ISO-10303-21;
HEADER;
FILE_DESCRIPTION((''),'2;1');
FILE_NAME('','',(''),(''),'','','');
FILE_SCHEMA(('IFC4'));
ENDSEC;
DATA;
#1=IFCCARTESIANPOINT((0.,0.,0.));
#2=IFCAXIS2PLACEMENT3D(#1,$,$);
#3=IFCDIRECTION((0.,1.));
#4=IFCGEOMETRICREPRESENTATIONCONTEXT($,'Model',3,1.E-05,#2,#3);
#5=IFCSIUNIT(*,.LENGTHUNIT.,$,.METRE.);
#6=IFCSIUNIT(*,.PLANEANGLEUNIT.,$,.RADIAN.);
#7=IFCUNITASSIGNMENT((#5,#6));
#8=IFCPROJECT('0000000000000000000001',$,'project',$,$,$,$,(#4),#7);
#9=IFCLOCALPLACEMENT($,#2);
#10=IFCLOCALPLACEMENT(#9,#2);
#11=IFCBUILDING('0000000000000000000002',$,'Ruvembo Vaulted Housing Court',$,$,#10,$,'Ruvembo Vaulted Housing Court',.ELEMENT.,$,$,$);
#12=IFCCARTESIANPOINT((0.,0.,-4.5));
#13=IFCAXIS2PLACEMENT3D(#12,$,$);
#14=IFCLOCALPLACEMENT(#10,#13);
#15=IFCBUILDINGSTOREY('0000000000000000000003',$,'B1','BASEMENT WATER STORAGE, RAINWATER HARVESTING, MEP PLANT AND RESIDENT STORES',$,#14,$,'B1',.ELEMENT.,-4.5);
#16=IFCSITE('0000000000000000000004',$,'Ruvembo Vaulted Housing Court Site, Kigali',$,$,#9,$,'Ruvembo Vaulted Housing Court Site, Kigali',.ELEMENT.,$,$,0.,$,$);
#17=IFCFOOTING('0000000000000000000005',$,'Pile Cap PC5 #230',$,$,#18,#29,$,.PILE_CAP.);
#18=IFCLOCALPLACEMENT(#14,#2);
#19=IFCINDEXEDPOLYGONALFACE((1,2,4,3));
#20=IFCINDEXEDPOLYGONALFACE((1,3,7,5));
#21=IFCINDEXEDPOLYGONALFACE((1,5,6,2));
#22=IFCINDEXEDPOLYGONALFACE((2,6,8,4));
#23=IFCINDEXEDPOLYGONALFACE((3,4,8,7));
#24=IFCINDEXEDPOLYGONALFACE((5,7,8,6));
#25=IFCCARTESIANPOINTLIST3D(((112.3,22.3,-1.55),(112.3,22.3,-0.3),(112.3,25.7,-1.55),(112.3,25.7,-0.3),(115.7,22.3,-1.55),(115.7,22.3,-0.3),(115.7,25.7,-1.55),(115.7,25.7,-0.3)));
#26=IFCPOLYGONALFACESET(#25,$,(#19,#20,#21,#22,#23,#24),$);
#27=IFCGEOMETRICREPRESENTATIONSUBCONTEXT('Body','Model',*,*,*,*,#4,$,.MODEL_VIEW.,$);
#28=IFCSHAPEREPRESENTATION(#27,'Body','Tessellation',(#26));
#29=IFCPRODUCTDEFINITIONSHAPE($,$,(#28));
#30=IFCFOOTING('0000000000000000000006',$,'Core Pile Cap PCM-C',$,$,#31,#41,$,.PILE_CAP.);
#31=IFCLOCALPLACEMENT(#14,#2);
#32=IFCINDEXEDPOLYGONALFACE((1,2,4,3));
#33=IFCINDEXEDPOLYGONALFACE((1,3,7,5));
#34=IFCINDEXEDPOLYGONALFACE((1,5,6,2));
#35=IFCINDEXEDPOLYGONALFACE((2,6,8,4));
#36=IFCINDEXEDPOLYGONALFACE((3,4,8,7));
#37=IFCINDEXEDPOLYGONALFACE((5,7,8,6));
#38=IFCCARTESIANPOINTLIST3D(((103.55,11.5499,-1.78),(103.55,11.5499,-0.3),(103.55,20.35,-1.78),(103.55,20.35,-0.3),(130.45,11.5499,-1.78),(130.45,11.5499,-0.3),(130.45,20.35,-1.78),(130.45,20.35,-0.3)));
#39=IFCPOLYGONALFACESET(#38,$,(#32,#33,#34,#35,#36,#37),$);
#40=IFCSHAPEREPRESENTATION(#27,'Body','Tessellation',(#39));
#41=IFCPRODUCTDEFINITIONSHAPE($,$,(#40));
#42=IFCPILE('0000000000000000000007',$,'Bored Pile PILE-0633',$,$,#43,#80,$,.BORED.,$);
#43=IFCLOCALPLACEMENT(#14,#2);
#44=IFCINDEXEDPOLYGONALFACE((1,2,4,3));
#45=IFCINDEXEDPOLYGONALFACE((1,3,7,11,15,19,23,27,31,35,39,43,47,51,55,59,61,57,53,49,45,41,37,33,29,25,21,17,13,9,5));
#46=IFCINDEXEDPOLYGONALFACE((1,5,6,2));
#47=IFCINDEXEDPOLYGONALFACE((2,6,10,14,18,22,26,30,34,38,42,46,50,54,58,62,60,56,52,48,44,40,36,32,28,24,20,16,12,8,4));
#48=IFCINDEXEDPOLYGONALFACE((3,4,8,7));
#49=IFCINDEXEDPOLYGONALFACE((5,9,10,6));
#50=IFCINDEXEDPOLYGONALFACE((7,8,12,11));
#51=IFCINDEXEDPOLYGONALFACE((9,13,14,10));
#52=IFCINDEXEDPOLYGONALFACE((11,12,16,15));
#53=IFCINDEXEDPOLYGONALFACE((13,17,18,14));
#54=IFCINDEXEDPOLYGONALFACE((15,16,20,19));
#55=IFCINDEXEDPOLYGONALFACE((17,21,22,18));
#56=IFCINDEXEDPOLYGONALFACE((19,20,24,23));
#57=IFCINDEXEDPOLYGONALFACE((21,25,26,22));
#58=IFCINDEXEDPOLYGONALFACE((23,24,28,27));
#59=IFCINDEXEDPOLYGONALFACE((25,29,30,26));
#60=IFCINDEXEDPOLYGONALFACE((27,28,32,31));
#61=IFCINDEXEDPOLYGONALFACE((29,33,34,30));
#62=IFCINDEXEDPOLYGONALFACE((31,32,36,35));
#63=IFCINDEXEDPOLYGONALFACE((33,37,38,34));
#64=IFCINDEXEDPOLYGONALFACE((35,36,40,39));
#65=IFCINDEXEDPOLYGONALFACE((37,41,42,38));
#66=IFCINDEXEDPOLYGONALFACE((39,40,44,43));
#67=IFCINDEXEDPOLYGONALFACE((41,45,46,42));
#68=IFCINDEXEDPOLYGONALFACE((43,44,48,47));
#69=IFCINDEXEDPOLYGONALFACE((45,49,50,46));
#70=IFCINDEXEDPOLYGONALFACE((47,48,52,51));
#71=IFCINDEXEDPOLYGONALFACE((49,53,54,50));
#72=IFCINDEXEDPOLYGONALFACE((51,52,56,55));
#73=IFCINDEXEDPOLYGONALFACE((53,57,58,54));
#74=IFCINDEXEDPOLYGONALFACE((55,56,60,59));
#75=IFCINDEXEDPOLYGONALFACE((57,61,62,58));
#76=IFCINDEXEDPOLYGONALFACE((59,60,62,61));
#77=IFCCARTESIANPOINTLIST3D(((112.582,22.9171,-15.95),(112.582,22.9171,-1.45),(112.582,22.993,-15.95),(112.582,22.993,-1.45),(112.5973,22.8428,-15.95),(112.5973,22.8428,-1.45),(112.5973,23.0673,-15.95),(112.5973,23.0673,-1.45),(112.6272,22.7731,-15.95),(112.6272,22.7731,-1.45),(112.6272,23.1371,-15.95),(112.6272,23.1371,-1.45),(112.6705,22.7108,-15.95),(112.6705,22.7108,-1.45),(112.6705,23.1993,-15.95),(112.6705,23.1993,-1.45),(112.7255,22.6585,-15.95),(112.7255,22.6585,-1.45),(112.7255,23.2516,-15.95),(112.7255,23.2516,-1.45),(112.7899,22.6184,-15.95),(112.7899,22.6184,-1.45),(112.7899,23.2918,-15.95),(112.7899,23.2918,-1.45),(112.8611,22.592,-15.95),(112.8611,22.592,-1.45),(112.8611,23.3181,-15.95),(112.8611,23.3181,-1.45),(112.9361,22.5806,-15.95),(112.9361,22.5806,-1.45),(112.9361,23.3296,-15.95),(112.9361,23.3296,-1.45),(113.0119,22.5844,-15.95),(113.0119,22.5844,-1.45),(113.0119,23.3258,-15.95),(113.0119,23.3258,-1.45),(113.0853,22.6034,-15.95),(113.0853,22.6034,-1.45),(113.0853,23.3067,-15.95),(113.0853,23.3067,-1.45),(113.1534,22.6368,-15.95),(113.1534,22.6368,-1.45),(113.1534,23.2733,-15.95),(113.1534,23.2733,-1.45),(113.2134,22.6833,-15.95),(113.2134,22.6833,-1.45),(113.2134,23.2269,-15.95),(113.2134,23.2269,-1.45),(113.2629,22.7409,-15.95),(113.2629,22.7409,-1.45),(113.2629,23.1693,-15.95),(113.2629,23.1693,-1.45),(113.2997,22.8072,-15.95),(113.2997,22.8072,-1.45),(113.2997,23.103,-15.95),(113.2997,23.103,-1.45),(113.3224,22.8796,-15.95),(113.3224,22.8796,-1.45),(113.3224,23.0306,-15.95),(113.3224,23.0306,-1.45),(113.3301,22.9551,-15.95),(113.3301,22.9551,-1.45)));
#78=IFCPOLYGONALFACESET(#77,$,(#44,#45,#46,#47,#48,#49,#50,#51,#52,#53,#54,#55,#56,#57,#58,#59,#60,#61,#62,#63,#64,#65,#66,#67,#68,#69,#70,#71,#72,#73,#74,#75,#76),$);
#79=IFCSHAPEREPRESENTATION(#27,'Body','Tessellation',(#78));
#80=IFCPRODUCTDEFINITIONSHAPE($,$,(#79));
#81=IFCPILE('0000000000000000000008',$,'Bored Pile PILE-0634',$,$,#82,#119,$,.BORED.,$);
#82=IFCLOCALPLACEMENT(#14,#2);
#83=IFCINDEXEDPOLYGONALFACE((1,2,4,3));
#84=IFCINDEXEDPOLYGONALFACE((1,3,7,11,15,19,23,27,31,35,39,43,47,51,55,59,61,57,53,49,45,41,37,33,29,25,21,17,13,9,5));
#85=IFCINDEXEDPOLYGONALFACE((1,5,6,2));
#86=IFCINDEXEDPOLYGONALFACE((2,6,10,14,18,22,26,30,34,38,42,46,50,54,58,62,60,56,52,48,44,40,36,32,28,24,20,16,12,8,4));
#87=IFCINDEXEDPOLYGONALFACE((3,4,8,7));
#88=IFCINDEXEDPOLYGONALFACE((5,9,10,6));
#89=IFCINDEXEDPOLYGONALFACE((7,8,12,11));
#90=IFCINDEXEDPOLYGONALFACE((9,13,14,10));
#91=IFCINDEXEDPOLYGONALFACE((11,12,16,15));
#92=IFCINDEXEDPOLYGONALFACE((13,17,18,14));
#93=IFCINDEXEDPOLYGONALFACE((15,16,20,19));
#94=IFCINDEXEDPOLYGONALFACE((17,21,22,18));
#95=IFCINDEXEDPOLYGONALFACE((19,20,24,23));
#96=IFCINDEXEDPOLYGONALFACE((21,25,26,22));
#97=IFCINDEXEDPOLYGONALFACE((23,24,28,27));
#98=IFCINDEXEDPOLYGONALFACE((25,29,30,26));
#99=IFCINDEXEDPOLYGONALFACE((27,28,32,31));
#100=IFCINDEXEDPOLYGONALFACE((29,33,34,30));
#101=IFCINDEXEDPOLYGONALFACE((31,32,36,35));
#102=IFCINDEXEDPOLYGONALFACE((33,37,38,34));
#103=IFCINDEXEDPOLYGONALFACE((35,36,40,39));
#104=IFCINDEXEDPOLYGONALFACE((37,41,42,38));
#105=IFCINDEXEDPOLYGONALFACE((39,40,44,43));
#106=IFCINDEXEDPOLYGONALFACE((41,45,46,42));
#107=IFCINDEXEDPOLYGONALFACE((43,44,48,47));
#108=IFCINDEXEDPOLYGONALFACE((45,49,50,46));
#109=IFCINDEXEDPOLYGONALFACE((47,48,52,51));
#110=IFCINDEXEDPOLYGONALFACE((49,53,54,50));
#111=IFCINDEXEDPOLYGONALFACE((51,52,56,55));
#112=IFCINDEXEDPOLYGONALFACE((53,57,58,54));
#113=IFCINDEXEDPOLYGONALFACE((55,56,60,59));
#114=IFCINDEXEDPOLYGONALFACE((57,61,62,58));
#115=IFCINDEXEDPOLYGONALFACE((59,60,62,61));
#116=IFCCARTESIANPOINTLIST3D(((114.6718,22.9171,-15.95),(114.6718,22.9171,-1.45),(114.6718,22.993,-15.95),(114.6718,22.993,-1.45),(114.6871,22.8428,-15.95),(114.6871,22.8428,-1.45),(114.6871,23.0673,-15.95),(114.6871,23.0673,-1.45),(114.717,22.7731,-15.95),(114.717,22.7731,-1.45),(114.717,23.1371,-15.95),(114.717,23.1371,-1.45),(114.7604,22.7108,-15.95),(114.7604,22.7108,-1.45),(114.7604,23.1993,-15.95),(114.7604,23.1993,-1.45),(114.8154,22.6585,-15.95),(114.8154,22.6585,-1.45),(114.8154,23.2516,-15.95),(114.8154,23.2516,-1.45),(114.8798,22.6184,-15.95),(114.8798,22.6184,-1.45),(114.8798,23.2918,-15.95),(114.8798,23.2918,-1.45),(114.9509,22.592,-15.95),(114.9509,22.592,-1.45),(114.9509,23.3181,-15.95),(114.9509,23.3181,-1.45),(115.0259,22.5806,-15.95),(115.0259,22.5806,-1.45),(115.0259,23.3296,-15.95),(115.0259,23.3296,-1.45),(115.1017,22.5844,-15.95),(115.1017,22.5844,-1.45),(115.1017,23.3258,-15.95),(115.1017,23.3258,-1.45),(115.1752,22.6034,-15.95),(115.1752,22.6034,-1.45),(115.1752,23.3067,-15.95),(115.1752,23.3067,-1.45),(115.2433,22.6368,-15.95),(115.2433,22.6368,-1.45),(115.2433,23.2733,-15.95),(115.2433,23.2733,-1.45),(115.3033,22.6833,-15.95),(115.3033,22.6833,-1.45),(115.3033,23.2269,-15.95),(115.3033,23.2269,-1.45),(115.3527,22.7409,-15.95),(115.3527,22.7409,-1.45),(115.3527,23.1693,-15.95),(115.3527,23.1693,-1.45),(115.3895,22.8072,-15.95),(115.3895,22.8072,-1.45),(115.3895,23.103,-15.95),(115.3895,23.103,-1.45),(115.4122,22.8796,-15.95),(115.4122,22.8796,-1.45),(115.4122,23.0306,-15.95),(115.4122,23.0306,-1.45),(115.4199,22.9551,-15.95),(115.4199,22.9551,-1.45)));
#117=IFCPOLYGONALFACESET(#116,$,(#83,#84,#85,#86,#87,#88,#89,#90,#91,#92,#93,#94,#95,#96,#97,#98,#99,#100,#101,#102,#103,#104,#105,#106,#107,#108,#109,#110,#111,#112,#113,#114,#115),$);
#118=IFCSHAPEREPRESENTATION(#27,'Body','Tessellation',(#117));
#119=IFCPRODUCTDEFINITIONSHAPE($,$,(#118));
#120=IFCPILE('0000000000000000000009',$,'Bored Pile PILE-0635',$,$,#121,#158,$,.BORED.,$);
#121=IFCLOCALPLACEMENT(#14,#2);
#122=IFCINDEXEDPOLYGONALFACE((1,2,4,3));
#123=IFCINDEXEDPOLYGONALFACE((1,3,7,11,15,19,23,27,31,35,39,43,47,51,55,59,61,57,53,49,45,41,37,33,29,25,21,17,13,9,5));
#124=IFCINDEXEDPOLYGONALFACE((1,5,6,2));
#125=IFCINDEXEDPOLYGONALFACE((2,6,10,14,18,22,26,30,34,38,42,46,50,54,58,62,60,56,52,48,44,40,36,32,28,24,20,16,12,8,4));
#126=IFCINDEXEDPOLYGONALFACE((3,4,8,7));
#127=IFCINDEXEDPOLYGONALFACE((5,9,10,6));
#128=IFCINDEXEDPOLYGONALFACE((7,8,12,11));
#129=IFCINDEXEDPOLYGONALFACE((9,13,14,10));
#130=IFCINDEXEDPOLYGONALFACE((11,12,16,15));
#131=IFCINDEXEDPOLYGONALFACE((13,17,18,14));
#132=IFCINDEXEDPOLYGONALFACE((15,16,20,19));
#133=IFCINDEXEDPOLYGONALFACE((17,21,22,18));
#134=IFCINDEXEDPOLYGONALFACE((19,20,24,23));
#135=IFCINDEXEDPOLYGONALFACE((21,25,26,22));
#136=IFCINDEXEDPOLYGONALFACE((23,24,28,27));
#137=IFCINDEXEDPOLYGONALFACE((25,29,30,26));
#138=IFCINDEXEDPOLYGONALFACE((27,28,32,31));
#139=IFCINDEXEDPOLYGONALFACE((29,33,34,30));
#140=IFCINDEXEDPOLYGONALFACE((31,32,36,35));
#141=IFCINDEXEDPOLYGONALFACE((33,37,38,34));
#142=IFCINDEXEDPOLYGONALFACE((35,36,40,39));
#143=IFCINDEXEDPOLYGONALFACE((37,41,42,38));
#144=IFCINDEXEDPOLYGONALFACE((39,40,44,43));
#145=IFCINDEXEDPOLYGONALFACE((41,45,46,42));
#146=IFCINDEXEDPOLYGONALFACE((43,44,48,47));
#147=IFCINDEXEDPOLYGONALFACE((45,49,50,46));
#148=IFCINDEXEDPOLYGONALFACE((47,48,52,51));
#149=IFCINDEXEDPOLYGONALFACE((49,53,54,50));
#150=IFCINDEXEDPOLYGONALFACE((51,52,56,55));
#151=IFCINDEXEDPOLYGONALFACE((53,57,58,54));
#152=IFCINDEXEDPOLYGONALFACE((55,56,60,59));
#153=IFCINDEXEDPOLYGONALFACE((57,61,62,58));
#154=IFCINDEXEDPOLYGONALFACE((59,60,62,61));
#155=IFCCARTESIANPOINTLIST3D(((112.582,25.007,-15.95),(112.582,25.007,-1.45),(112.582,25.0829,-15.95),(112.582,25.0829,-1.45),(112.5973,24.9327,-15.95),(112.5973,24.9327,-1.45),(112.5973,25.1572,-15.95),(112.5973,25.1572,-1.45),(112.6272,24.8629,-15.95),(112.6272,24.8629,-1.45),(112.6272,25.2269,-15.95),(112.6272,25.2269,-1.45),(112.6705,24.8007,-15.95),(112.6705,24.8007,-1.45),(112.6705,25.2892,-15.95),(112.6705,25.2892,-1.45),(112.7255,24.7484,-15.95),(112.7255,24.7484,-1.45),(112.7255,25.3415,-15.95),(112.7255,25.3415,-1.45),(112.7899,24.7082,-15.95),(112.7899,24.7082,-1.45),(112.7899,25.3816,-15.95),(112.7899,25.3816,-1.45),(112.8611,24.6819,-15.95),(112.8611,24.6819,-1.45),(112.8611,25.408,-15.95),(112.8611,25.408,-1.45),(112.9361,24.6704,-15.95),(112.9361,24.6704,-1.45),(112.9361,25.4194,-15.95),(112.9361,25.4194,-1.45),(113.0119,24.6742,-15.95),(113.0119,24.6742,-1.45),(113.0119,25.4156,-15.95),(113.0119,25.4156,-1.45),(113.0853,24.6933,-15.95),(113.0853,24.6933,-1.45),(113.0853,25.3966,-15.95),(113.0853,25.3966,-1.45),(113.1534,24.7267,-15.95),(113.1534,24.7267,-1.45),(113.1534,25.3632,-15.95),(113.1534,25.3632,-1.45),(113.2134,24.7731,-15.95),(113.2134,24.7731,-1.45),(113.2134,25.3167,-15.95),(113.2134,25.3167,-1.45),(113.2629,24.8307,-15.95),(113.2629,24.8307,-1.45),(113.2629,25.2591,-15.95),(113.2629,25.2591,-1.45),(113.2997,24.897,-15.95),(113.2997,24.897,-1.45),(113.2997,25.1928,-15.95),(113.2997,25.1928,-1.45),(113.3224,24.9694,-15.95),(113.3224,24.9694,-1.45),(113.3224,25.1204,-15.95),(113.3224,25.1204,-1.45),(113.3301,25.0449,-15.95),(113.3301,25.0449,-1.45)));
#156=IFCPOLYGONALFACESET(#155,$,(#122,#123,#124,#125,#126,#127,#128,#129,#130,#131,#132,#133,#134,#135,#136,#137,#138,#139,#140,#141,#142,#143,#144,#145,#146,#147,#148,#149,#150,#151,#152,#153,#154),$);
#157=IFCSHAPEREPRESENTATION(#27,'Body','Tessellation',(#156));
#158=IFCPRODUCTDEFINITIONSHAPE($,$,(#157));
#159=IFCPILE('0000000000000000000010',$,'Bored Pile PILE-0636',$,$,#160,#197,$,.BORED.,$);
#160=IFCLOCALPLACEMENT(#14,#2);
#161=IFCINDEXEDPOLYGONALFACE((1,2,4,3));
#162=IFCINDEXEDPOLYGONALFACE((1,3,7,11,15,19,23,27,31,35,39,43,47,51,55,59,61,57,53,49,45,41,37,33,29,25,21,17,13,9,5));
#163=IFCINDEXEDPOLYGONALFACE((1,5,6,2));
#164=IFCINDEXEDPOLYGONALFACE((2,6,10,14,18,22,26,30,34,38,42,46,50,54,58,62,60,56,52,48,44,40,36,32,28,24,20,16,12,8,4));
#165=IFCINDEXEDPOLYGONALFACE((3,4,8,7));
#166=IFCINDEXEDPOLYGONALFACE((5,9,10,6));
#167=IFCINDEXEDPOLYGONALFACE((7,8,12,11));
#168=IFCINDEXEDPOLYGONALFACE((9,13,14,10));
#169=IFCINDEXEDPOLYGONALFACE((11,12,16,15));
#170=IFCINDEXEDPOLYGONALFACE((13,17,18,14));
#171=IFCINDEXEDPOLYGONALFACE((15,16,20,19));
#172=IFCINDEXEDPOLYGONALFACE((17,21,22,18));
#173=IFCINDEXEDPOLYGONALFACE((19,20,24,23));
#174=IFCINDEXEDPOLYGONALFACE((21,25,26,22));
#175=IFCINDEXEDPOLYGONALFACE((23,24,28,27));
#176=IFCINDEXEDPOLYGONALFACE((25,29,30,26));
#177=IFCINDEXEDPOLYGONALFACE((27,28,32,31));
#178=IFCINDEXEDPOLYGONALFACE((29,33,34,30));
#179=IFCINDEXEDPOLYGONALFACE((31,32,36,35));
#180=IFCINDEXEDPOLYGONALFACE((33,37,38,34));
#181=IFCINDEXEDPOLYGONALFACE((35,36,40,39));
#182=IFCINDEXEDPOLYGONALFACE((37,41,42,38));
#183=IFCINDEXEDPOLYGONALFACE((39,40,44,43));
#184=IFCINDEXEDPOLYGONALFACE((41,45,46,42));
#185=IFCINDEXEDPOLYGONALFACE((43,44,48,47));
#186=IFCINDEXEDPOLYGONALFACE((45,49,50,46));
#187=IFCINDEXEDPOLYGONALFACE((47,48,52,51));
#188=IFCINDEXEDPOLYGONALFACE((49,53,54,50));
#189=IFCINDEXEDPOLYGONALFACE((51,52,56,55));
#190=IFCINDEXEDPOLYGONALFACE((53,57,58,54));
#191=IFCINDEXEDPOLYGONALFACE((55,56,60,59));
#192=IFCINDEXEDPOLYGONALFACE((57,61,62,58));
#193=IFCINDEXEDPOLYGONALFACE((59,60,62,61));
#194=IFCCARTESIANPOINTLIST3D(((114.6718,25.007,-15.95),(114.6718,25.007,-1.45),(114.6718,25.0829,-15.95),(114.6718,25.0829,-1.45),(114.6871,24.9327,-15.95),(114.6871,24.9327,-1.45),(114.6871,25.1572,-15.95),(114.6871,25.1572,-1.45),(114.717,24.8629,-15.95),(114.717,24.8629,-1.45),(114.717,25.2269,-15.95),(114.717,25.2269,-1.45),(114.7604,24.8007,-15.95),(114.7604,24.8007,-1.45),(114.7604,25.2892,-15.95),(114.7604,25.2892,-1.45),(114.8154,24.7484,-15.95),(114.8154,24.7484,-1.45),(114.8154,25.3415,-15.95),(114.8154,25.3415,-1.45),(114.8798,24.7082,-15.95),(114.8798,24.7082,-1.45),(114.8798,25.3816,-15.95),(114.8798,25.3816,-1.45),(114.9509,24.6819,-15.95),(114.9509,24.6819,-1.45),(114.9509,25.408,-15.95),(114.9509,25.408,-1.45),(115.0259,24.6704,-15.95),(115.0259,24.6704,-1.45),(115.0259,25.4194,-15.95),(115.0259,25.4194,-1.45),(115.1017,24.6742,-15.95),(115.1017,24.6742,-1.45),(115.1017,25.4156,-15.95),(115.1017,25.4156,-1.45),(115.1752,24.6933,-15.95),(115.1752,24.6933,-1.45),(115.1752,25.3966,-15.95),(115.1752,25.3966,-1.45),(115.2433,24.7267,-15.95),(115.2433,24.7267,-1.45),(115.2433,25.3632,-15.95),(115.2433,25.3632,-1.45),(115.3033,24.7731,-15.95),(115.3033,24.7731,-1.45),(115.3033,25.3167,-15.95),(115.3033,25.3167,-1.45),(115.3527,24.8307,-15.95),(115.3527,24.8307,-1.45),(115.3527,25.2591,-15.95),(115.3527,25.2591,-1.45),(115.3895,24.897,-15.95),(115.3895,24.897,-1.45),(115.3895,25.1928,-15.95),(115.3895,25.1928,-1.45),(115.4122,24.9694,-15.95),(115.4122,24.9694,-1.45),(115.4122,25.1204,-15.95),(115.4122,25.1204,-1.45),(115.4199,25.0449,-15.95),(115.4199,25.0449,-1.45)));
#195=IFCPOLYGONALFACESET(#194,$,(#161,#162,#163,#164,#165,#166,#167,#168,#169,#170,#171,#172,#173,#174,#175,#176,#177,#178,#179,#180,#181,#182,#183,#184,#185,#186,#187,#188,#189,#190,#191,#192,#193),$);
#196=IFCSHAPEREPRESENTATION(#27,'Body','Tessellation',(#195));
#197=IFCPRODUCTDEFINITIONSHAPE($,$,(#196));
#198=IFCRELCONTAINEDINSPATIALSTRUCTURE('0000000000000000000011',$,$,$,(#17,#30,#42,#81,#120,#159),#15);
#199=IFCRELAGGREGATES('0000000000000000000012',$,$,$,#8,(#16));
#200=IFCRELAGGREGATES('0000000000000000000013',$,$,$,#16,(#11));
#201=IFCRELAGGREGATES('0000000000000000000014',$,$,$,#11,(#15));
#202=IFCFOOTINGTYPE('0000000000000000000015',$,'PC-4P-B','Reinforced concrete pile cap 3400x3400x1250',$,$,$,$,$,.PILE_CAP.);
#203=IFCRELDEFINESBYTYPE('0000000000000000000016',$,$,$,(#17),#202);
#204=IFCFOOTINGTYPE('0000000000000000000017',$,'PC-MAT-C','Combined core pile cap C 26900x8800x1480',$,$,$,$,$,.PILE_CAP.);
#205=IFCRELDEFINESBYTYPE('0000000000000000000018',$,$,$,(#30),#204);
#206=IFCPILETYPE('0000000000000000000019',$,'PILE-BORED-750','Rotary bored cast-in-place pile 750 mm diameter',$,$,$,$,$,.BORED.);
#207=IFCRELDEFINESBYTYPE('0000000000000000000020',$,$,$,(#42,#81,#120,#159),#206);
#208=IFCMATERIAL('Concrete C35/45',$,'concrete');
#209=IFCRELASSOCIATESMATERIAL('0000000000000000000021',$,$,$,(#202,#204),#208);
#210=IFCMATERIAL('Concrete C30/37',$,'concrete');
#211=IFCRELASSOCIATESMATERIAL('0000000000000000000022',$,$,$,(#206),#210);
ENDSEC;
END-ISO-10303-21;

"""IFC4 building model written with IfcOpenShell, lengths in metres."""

from ifc_helpers import new_model, si_unit, direction, frame, origin, origin_2d, place, context, subcontext, project, spatial, rectangle, circle, extrude, material, material_profile, profile_set, type_object, element, save


model = new_model("IFC4")

# Units and contexts
model_context = context("Model", 3, precision=1e-05, world=origin(), true_north=direction((0.0, 1.0)))
body_context = subcontext(model_context, "Body", "Model", "MODEL_VIEW")
ifc_project = project(units=[si_unit("LENGTHUNIT", "METRE"), si_unit("PLANEANGLEUNIT", "RADIAN")], contexts=[model_context])

# Site, building, storey
site_placement = place(None, origin())
site = spatial("IfcSite", under=ifc_project, at=site_placement, Name="Ruvembo Vaulted Housing Court Site, Kigali", LongName="Ruvembo Vaulted Housing Court Site, Kigali", CompositionType="ELEMENT", RefElevation=0.0)
building_placement = place(site_placement, origin())
building = spatial("IfcBuilding", under=site, at=building_placement, Name="Ruvembo Vaulted Housing Court", LongName="Ruvembo Vaulted Housing Court", CompositionType="ELEMENT")
storey_placement = place(building_placement, frame((0.0, 0.0, -4.5)))
storey = spatial("IfcBuildingStorey", under=building, at=storey_placement, Name="B1", Description="BASEMENT WATER STORAGE, RAINWATER HARVESTING, MEP PLANT AND RESIDENT STORES", LongName="B1", CompositionType="ELEMENT", Elevation=-4.5)

# Footings
ifc_material_1 = material(Name="Concrete C35/45", Category="concrete")
footing_type_1 = type_object("IfcFootingType", Name="PC-4P-B", Description="Reinforced concrete pile cap 3400x3400x1250", PredefinedType="PILE_CAP", material=ifc_material_1)
footing_1_placement = place(storey_placement, frame((114.0, 24.0, -1.55), z_axis=(0.0, 0.0, 1.0), x_axis=(1.0, 0.0, 0.0)))
element("IfcFooting", 1, at=footing_1_placement, inside=storey, type_object=footing_type_1, Name="Pile Cap PC5 #230", PredefinedType="PILE_CAP", context=body_context, shape_type="SweptSolid", body=[
    extrude(rectangle(XDim=3.3999, YDim=3.3999, at=origin_2d()), origin(), (0.0, 0.0, 1.0), 1.25),
])
footing_type_2 = type_object("IfcFootingType", Name="PC-MAT-C", Description="Combined core pile cap C 26900x8800x1480", PredefinedType="PILE_CAP", material=ifc_material_1)
footing_2_placement = place(storey_placement, frame((117.0, 15.95, -1.78), z_axis=(0.0, 0.0, 1.0), x_axis=(1.0, 0.0, 0.0)))
element("IfcFooting", 2, at=footing_2_placement, inside=storey, type_object=footing_type_2, Name="Core Pile Cap PCM-C", PredefinedType="PILE_CAP", context=body_context, shape_type="SweptSolid", body=[
    extrude(rectangle(XDim=26.8999, YDim=8.8, at=origin_2d()), origin(), (0.0, 0.0, 1.0), 1.48),
])

# Piles
ifc_material_2 = material(Name="Concrete C30/37", Category="concrete")
ifc_material_profile_1 = material_profile(ifc_material_2, circle(Radius=0.375, at=origin_2d()), Name="PILE D750")
ifc_profile_set_1 = profile_set([ifc_material_profile_1], Name="Concrete C30/37")
pile_type_1 = type_object("IfcPileType", Name="PILE-BORED-750", Description="Rotary bored cast-in-place pile 750 mm diameter", PredefinedType="BORED", material=ifc_profile_set_1)
for number, where, z_axis, x_axis, name in (
    (3, (112.9551, 22.9551, -1.45), (0.0, 0.0, -1.0), (1.0, 0.0, 0.0), "Bored Pile PILE-0633"),
    (4, (115.0449, 22.9551, -1.45), (0.0, 0.0, -1.0), (1.0, 0.0, 0.0), "Bored Pile PILE-0634"),
    (5, (112.9551, 25.0449, -1.45), (0.0, 0.0, -1.0), (1.0, 0.0, 0.0), "Bored Pile PILE-0635"),
    (6, (115.0449, 25.0449, -1.45), (0.0, 0.0, -1.0), (1.0, 0.0, 0.0), "Bored Pile PILE-0636"),
):
    element("IfcPile", number, at=place(storey_placement, frame(where, z_axis=z_axis, x_axis=x_axis)), inside=storey, type_object=pile_type_1, Name=name, PredefinedType="BORED", context=body_context, shape_type="SweptSolid", body=[
        extrude(circle(Radius=0.375, at=origin_2d()), origin(), (0.0, 0.0, 1.0), 14.5),
    ])

save(model, "model.ifc")
